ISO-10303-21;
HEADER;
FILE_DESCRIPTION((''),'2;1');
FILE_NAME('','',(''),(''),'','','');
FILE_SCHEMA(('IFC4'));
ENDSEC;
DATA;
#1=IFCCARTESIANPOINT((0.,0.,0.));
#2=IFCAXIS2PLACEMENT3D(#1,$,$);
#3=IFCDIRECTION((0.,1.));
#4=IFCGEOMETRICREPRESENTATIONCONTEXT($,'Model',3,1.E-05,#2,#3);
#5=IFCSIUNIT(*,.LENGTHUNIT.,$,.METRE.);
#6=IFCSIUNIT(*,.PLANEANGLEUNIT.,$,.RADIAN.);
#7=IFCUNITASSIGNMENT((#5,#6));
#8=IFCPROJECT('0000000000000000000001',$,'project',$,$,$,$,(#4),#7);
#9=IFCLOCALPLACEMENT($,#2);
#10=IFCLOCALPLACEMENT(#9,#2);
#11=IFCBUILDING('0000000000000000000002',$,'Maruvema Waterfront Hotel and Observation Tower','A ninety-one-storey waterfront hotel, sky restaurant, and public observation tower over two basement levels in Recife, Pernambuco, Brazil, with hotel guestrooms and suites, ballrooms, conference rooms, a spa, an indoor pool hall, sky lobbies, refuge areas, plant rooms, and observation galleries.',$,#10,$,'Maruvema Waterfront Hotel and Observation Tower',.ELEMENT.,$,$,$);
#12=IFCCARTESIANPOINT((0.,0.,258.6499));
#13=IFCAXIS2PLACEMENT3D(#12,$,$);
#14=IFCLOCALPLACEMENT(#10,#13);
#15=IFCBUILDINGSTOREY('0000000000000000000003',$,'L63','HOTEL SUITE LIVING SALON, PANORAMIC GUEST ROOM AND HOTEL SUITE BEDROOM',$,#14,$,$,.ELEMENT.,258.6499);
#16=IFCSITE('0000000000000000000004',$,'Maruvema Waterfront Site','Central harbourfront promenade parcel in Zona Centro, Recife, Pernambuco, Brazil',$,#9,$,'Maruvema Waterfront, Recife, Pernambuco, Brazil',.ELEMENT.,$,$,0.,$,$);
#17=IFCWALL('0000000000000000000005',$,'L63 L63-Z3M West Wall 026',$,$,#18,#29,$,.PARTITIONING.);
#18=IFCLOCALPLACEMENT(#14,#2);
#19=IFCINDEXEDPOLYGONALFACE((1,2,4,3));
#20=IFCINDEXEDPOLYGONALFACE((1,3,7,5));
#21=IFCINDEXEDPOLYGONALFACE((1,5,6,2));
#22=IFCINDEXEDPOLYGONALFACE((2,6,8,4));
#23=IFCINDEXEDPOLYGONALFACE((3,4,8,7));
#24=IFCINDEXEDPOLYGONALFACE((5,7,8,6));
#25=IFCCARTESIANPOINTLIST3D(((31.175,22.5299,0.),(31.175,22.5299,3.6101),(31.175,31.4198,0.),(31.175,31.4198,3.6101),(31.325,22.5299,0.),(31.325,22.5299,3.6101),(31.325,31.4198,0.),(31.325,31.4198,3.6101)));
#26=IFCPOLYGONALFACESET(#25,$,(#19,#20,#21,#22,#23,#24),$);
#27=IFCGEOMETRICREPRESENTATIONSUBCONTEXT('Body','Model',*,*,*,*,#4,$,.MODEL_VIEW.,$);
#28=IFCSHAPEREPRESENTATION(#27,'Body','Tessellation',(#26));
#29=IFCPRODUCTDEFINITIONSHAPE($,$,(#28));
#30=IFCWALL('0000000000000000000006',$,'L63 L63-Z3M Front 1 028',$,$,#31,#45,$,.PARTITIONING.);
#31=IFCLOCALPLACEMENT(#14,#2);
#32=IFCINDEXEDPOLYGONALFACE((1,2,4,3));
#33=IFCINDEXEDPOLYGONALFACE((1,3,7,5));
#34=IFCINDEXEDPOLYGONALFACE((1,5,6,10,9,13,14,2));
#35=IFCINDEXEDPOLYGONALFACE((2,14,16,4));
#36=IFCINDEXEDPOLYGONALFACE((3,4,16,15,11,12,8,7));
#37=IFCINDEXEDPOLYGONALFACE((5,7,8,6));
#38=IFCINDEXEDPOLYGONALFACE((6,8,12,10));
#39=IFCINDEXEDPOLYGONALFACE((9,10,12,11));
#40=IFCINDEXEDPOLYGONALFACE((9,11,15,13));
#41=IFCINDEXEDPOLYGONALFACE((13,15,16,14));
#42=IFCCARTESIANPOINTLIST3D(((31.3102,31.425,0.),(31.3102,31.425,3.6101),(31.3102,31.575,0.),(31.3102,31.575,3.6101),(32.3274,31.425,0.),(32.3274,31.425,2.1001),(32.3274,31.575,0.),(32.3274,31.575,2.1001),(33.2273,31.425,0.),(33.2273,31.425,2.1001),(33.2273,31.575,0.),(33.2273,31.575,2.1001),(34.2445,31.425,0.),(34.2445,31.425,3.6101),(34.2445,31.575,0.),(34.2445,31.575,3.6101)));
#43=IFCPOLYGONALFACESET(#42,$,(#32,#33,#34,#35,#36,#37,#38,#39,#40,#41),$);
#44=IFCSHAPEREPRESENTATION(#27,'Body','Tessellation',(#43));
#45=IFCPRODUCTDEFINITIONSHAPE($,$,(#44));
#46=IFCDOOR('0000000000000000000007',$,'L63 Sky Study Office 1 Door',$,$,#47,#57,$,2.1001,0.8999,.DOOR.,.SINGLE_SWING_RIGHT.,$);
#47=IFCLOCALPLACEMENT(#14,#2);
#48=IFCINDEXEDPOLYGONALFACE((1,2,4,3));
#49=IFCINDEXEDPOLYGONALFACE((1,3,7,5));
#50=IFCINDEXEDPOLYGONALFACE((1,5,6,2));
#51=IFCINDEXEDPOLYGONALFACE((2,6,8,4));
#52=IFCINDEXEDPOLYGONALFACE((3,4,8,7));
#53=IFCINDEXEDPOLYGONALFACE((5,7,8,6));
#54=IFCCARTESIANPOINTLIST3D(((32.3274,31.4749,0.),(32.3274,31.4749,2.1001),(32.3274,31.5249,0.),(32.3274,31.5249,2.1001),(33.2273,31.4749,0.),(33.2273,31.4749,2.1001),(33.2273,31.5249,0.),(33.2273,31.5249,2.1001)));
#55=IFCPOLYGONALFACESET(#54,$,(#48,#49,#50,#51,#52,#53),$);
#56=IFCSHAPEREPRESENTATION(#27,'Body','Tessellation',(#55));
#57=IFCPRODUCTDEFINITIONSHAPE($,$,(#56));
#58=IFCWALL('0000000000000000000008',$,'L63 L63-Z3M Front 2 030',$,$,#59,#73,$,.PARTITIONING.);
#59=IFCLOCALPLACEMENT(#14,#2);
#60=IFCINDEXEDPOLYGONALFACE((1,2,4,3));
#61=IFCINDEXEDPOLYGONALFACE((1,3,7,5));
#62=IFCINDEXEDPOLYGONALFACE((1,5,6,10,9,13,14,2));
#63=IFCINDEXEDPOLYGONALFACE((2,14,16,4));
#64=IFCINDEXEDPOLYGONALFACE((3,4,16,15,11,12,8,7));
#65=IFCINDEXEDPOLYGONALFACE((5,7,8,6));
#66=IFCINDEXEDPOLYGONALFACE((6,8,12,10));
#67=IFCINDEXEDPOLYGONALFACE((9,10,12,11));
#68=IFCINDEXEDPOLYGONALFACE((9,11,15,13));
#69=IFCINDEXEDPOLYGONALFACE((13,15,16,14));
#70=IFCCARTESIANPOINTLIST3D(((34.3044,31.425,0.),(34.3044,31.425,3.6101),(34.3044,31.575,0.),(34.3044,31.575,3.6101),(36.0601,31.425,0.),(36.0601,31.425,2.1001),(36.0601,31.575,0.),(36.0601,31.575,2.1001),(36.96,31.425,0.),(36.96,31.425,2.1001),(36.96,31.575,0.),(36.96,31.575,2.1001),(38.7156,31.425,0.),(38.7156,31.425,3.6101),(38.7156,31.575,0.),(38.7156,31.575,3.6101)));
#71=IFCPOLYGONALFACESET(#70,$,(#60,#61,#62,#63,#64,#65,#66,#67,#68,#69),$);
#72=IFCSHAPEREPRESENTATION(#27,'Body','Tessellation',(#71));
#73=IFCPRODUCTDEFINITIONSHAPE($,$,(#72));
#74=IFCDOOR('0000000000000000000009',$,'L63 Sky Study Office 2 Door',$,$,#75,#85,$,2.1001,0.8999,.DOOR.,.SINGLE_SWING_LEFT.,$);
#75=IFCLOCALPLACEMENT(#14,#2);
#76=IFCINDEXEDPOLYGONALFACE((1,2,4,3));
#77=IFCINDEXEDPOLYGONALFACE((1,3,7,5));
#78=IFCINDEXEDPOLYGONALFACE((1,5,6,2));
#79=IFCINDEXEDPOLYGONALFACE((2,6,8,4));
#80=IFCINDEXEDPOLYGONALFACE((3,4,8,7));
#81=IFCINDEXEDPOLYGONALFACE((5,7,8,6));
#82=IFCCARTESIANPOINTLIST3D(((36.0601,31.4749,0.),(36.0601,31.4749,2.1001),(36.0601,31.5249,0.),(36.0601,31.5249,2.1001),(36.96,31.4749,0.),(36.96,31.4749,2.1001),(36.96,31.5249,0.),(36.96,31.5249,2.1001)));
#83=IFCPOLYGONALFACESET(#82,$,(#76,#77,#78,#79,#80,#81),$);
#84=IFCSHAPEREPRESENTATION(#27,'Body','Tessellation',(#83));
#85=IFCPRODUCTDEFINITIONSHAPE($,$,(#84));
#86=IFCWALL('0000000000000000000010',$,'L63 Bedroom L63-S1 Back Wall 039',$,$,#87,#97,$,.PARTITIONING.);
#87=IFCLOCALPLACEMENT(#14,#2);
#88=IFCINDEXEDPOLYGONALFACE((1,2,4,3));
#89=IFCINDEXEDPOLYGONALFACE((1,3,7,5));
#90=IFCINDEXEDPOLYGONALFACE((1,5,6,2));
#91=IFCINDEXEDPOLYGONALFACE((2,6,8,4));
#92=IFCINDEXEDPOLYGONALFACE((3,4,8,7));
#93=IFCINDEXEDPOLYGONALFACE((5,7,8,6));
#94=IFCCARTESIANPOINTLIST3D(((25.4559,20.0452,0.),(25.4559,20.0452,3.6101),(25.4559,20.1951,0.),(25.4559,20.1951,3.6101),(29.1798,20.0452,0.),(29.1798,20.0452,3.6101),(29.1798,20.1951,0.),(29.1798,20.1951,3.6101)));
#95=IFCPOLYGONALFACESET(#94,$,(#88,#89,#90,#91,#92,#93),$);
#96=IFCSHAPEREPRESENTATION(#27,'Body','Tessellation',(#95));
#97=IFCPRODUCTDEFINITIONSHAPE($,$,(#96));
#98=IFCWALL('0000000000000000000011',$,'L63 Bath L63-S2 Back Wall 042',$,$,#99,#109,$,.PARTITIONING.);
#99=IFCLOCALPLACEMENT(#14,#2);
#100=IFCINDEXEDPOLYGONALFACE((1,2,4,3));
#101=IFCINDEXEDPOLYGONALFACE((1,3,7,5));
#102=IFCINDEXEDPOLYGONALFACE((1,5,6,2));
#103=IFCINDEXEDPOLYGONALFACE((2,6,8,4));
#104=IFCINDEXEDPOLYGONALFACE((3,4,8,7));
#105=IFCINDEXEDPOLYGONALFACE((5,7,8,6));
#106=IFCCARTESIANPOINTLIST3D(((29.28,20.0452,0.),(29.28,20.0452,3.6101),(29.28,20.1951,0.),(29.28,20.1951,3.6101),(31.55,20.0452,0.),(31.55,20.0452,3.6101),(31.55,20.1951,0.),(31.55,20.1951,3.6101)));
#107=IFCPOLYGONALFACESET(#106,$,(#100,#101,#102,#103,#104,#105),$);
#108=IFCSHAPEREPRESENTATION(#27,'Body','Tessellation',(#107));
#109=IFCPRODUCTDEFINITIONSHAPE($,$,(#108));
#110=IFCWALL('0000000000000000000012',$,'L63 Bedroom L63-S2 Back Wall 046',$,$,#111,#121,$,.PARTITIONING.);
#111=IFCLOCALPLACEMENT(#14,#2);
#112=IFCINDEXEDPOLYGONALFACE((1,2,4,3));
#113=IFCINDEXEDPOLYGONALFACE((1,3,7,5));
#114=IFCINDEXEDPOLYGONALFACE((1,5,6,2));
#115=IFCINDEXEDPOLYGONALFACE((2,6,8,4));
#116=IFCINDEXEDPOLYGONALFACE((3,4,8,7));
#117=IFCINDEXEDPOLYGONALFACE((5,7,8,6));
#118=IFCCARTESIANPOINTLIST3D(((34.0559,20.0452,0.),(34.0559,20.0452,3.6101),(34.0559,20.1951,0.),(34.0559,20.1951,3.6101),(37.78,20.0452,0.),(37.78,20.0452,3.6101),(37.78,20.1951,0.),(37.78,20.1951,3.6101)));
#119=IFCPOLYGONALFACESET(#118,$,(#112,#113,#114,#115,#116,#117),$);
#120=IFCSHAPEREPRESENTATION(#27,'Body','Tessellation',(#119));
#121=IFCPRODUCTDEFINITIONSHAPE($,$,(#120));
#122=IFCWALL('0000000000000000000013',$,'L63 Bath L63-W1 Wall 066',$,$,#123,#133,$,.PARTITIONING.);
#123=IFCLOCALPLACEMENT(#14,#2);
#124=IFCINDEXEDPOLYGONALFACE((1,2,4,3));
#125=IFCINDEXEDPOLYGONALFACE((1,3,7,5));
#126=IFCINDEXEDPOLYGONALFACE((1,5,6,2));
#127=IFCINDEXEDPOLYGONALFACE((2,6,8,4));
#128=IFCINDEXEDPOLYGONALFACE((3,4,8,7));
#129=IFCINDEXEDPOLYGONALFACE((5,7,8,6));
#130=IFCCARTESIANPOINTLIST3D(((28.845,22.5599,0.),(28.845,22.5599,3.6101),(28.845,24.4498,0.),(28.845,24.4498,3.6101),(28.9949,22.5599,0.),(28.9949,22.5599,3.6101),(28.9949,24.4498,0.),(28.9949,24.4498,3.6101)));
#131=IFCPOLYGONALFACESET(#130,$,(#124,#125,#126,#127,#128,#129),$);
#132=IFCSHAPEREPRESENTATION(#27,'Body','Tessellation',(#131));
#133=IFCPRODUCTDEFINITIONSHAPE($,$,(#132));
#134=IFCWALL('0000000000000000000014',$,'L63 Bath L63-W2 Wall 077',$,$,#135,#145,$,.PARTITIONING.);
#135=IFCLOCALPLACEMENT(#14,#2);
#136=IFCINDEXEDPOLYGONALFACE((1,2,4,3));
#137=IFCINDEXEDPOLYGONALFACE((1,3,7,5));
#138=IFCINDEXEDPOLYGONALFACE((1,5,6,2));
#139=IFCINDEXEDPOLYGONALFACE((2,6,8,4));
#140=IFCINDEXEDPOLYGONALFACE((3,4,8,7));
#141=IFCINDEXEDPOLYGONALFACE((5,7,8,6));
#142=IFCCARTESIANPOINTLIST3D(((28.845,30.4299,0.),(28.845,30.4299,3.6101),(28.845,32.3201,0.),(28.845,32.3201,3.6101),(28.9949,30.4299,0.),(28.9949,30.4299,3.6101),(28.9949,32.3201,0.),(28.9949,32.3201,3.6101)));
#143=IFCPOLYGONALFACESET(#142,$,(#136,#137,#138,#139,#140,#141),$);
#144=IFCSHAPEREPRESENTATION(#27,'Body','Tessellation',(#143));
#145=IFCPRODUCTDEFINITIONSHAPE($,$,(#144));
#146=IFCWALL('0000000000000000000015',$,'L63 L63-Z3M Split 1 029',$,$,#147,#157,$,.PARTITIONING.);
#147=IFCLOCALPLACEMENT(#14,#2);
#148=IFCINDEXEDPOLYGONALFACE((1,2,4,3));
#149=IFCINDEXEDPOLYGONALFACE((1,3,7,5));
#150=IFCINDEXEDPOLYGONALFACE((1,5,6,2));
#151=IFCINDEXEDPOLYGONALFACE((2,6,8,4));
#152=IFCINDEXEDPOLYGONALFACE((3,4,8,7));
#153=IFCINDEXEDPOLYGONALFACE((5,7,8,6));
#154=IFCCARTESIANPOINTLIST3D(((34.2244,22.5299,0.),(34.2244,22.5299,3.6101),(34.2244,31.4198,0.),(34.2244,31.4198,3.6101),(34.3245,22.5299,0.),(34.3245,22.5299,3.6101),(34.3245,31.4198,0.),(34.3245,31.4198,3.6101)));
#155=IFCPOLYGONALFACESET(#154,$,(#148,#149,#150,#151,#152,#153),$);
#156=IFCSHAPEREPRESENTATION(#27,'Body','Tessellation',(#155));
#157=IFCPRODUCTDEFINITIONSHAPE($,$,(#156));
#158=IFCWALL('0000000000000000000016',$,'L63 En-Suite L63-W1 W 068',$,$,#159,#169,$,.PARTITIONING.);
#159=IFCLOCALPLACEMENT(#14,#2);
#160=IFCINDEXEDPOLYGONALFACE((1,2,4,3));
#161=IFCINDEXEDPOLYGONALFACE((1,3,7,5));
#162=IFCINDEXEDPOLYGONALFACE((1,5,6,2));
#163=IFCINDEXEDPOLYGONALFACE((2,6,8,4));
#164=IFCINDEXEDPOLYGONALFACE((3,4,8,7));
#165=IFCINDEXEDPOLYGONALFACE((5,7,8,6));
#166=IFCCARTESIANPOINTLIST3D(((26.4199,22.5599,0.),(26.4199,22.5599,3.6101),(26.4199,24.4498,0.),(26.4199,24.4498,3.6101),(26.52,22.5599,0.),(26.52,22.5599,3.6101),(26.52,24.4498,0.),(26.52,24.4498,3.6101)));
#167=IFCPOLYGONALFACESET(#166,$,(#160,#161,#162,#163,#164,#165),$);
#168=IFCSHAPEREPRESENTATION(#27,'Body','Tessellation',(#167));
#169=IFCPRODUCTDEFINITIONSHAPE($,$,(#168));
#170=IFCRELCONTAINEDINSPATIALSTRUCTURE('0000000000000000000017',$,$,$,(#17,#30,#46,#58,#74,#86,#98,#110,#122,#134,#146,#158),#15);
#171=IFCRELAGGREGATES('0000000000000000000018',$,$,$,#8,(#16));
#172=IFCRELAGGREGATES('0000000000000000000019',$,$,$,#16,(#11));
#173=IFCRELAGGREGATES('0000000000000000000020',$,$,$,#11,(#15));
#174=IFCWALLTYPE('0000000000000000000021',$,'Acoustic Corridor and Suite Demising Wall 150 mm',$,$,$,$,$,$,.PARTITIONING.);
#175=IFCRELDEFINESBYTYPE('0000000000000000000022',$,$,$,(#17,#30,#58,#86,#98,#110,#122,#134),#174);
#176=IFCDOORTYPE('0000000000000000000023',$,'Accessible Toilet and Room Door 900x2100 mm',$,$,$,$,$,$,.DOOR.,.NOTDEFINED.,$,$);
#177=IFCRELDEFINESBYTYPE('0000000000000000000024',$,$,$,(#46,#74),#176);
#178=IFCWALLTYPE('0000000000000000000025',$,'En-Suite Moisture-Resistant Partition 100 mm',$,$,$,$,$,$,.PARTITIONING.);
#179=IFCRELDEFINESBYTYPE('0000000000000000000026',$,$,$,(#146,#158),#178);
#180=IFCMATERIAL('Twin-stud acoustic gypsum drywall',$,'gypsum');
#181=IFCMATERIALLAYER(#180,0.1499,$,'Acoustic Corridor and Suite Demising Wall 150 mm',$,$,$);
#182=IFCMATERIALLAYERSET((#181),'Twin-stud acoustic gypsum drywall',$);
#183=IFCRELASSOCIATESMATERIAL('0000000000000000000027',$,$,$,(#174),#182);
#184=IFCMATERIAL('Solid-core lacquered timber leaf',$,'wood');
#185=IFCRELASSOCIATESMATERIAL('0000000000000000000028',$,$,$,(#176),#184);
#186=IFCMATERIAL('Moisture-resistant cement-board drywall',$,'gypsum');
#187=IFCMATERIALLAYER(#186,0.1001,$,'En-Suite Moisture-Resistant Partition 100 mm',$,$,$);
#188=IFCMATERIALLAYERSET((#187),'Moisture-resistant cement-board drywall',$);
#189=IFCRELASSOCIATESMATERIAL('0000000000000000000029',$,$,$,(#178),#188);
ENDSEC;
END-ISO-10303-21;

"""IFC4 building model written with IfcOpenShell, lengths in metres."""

from ifc_helpers import new_model, si_unit, direction, frame, frame_2d, origin, place, context, subcontext, project, spatial, rectangle, extrude, material, layer, layer_set, type_object, element, fill, save


model = new_model("IFC4")

# Units and contexts
model_context = context("Model", 3, precision=1e-05, world=origin(), true_north=direction((0.0, 1.0)))
body_context = subcontext(model_context, "Body", "Model", "MODEL_VIEW")
ifc_project = project(units=[si_unit("LENGTHUNIT", "METRE"), si_unit("PLANEANGLEUNIT", "RADIAN")], contexts=[model_context])

# Site, building, storey
site_placement = place(None, origin())
site = spatial("IfcSite", under=ifc_project, at=site_placement, Name="Maruvema Waterfront Site", Description="Central harbourfront promenade parcel in Zona Centro, Recife, Pernambuco, Brazil", LongName="Maruvema Waterfront, Recife, Pernambuco, Brazil", CompositionType="ELEMENT", RefElevation=0.0)
building_placement = place(site_placement, origin())
building = spatial("IfcBuilding", under=site, at=building_placement, Name="Maruvema Waterfront Hotel and Observation Tower", Description="A ninety-one-storey waterfront hotel, sky restaurant, and public observation tower over two basement levels in Recife, Pernambuco, Brazil, with hotel guestrooms and suites, ballrooms, conference rooms, a spa, an indoor pool hall, sky lobbies, refuge areas, plant rooms, and observation galleries.", LongName="Maruvema Waterfront Hotel and Observation Tower", CompositionType="ELEMENT")
storey_placement = place(building_placement, frame((0.0, 0.0, 258.6499)))
storey = spatial("IfcBuildingStorey", under=building, at=storey_placement, Name="L63", Description="HOTEL SUITE LIVING SALON, PANORAMIC GUEST ROOM AND HOTEL SUITE BEDROOM", CompositionType="ELEMENT", Elevation=258.6499)

# Wall
ifc_material_1 = material(Name="Twin-stud acoustic gypsum drywall", Category="gypsum")
ifc_layer_1 = layer(ifc_material_1, 0.1499, Name="Acoustic Corridor and Suite Demising Wall 150 mm")
ifc_layer_set_1 = layer_set([ifc_layer_1], Name="Twin-stud acoustic gypsum drywall")
wall_type_1 = type_object("IfcWallType", Name="Acoustic Corridor and Suite Demising Wall 150 mm", PredefinedType="PARTITIONING", material=ifc_layer_set_1)
wall_1_placement = place(storey_placement, frame((31.25, 22.53, 0.0), z_axis=(0.0, 0.0, 1.0), x_axis=(0.0, 1.0, 0.0)))
element("IfcWall", 1, at=wall_1_placement, inside=storey, type_object=wall_type_1, Name="L63 L63-Z3M West Wall 026", PredefinedType="PARTITIONING", context=body_context, shape_type="SweptSolid", body=[
    extrude(rectangle(XDim=8.8899, YDim=0.1499, at=frame_2d((4.4448, 0.0))), origin(), (0.0, 0.0, 1.0), 3.6101),
])

# Walls, openings, doors
wall_2_placement = place(storey_placement, frame((31.3101, 31.5, 0.0), z_axis=(0.0, 0.0, 1.0), x_axis=(1.0, 0.0, 0.0)))
wall_2 = element("IfcWall", 2, at=wall_2_placement, inside=storey, type_object=wall_type_1, Name="L63 L63-Z3M Front 1 028", PredefinedType="PARTITIONING", context=body_context, shape_type="SweptSolid", body=[
    extrude(rectangle(XDim=2.9343, YDim=0.1499, at=frame_2d((1.4673, 0.0))), origin(), (0.0, 0.0, 1.0), 3.6101),
])
opening_1_placement = place(wall_2_placement, frame((1.0173, 0.0, 0.0)))
opening_1 = element("IfcOpeningElement", 3, at=opening_1_placement, cuts=wall_2, PredefinedType="OPENING", context=body_context, shape_type="SweptSolid", body=[
    extrude(rectangle(XDim=0.8999, YDim=2.1001, at=frame_2d((0.45, 1.05))), frame((0.0, 0.085, 0.0), z_axis=(0.0, -1.0, 0.0), x_axis=(1.0, 0.0, 0.0)), (0.0, 0.0, 1.0), 0.1699),
])
ifc_material_2 = material(Name="Solid-core lacquered timber leaf", Category="wood")
door_type_1 = type_object("IfcDoorType", Name="Accessible Toilet and Room Door 900x2100 mm", OperationType="NOTDEFINED", PredefinedType="DOOR", material=ifc_material_2)
door_1_placement = place(opening_1_placement, origin())
door_1 = element("IfcDoor", 4, at=door_1_placement, inside=storey, type_object=door_type_1, Name="L63 Sky Study Office 1 Door", OperationType="SINGLE_SWING_RIGHT", OverallHeight=2.1001, OverallWidth=0.8999, PredefinedType="DOOR", context=body_context, shape_type="SweptSolid", body=[
    extrude(rectangle(XDim=0.8999, YDim=2.1001, at=frame_2d((0.45, 1.05))), frame((0.0, 0.0249, 0.0), z_axis=(0.0, -1.0, 0.0), x_axis=(1.0, 0.0, 0.0)), (0.0, 0.0, 1.0), 0.05),
])
fill(opening_1, door_1)
wall_3_placement = place(storey_placement, frame((34.3044, 31.5, 0.0), z_axis=(0.0, 0.0, 1.0), x_axis=(1.0, 0.0, 0.0)))
wall_3 = element("IfcWall", 5, at=wall_3_placement, inside=storey, type_object=wall_type_1, Name="L63 L63-Z3M Front 2 030", PredefinedType="PARTITIONING", context=body_context, shape_type="SweptSolid", body=[
    extrude(rectangle(XDim=4.4111, YDim=0.1499, at=frame_2d((2.2056, 0.0))), origin(), (0.0, 0.0, 1.0), 3.6101),
])
opening_2_placement = place(wall_3_placement, frame((1.7556, 0.0, 0.0)))
opening_2 = element("IfcOpeningElement", 6, at=opening_2_placement, cuts=wall_3, PredefinedType="OPENING", context=body_context, shape_type="SweptSolid", body=[
    extrude(rectangle(XDim=0.8999, YDim=2.1001, at=frame_2d((0.45, 1.05))), frame((0.0, 0.085, 0.0), z_axis=(0.0, -1.0, 0.0), x_axis=(1.0, 0.0, 0.0)), (0.0, 0.0, 1.0), 0.1699),
])
door_2_placement = place(opening_2_placement, origin())
door_2 = element("IfcDoor", 7, at=door_2_placement, inside=storey, type_object=door_type_1, Name="L63 Sky Study Office 2 Door", OperationType="SINGLE_SWING_LEFT", OverallHeight=2.1001, OverallWidth=0.8999, PredefinedType="DOOR", context=body_context, shape_type="SweptSolid", body=[
    extrude(rectangle(XDim=0.8999, YDim=2.1001, at=frame_2d((0.45, 1.05))), frame((0.0, 0.0249, 0.0), z_axis=(0.0, -1.0, 0.0), x_axis=(1.0, 0.0, 0.0)), (0.0, 0.0, 1.0), 0.05),
])
fill(opening_2, door_2)

# Walls
wall_4_placement = place(storey_placement, frame((25.4561, 20.1201, 0.0), z_axis=(0.0, 0.0, 1.0), x_axis=(1.0, 0.0, 0.0)))
element("IfcWall", 8, at=wall_4_placement, inside=storey, type_object=wall_type_1, Name="L63 Bedroom L63-S1 Back Wall 039", PredefinedType="PARTITIONING", context=body_context, shape_type="SweptSolid", body=[
    extrude(rectangle(XDim=3.7239, YDim=0.1499, at=frame_2d((1.8618, 0.0))), origin(), (0.0, 0.0, 1.0), 3.6101),
])
wall_5_placement = place(storey_placement, frame((29.28, 20.1201, 0.0), z_axis=(0.0, 0.0, 1.0), x_axis=(1.0, 0.0, 0.0)))
element("IfcWall", 9, at=wall_5_placement, inside=storey, type_object=wall_type_1, Name="L63 Bath L63-S2 Back Wall 042", PredefinedType="PARTITIONING", context=body_context, shape_type="SweptSolid", body=[
    extrude(rectangle(XDim=2.27, YDim=0.1499, at=frame_2d((1.135, 0.0))), origin(), (0.0, 0.0, 1.0), 3.6101),
])

# Walls
wall_6_placement = place(storey_placement, frame((34.0559, 20.1201, 0.0), z_axis=(0.0, 0.0, 1.0), x_axis=(1.0, 0.0, 0.0)))
element("IfcWall", 10, at=wall_6_placement, inside=storey, type_object=wall_type_1, Name="L63 Bedroom L63-S2 Back Wall 046", PredefinedType="PARTITIONING", context=body_context, shape_type="SweptSolid", body=[
    extrude(rectangle(XDim=3.7241, YDim=0.1499, at=frame_2d((1.8621, 0.0))), origin(), (0.0, 0.0, 1.0), 3.6101),
])
wall_7_placement = place(storey_placement, frame((28.9199, 22.5601, 0.0), z_axis=(0.0, 0.0, 1.0), x_axis=(0.0, 1.0, 0.0)))
element("IfcWall", 11, at=wall_7_placement, inside=storey, type_object=wall_type_1, Name="L63 Bath L63-W1 Wall 066", PredefinedType="PARTITIONING", context=body_context, shape_type="SweptSolid", body=[
    extrude(rectangle(XDim=1.8899, YDim=0.1499, at=frame_2d((0.9448, 0.0))), origin(), (0.0, 0.0, 1.0), 3.6101),
])

# Walls
wall_8_placement = place(storey_placement, frame((28.9199, 30.4299, 0.0), z_axis=(0.0, 0.0, 1.0), x_axis=(0.0, 1.0, 0.0)))
element("IfcWall", 12, at=wall_8_placement, inside=storey, type_object=wall_type_1, Name="L63 Bath L63-W2 Wall 077", PredefinedType="PARTITIONING", context=body_context, shape_type="SweptSolid", body=[
    extrude(rectangle(XDim=1.8901, YDim=0.1499, at=frame_2d((0.9451, 0.0))), origin(), (0.0, 0.0, 1.0), 3.6101),
])
ifc_material_3 = material(Name="Moisture-resistant cement-board drywall", Category="gypsum")
ifc_layer_2 = layer(ifc_material_3, 0.1001, Name="En-Suite Moisture-Resistant Partition 100 mm")
ifc_layer_set_2 = layer_set([ifc_layer_2], Name="Moisture-resistant cement-board drywall")
wall_type_2 = type_object("IfcWallType", Name="En-Suite Moisture-Resistant Partition 100 mm", PredefinedType="PARTITIONING", material=ifc_layer_set_2)
wall_9_placement = place(storey_placement, frame((34.2744, 22.53, 0.0), z_axis=(0.0, 0.0, 1.0), x_axis=(0.0, 1.0, 0.0)))
element("IfcWall", 13, at=wall_9_placement, inside=storey, type_object=wall_type_2, Name="L63 L63-Z3M Split 1 029", PredefinedType="PARTITIONING", context=body_context, shape_type="SweptSolid", body=[
    extrude(rectangle(XDim=8.8899, YDim=0.1001, at=frame_2d((4.4448, 0.0))), origin(), (0.0, 0.0, 1.0), 3.6101),
])
wall_10_placement = place(storey_placement, frame((26.47, 22.5601, 0.0), z_axis=(0.0, 0.0, 1.0), x_axis=(0.0, 1.0, 0.0)))
element("IfcWall", 14, at=wall_10_placement, inside=storey, type_object=wall_type_2, Name="L63 En-Suite L63-W1 W 068", PredefinedType="PARTITIONING", context=body_context, shape_type="SweptSolid", body=[
    extrude(rectangle(XDim=1.8899, YDim=0.1001, at=frame_2d((0.9448, 0.0))), origin(), (0.0, 0.0, 1.0), 3.6101),
])

save(model, "model.ifc")
